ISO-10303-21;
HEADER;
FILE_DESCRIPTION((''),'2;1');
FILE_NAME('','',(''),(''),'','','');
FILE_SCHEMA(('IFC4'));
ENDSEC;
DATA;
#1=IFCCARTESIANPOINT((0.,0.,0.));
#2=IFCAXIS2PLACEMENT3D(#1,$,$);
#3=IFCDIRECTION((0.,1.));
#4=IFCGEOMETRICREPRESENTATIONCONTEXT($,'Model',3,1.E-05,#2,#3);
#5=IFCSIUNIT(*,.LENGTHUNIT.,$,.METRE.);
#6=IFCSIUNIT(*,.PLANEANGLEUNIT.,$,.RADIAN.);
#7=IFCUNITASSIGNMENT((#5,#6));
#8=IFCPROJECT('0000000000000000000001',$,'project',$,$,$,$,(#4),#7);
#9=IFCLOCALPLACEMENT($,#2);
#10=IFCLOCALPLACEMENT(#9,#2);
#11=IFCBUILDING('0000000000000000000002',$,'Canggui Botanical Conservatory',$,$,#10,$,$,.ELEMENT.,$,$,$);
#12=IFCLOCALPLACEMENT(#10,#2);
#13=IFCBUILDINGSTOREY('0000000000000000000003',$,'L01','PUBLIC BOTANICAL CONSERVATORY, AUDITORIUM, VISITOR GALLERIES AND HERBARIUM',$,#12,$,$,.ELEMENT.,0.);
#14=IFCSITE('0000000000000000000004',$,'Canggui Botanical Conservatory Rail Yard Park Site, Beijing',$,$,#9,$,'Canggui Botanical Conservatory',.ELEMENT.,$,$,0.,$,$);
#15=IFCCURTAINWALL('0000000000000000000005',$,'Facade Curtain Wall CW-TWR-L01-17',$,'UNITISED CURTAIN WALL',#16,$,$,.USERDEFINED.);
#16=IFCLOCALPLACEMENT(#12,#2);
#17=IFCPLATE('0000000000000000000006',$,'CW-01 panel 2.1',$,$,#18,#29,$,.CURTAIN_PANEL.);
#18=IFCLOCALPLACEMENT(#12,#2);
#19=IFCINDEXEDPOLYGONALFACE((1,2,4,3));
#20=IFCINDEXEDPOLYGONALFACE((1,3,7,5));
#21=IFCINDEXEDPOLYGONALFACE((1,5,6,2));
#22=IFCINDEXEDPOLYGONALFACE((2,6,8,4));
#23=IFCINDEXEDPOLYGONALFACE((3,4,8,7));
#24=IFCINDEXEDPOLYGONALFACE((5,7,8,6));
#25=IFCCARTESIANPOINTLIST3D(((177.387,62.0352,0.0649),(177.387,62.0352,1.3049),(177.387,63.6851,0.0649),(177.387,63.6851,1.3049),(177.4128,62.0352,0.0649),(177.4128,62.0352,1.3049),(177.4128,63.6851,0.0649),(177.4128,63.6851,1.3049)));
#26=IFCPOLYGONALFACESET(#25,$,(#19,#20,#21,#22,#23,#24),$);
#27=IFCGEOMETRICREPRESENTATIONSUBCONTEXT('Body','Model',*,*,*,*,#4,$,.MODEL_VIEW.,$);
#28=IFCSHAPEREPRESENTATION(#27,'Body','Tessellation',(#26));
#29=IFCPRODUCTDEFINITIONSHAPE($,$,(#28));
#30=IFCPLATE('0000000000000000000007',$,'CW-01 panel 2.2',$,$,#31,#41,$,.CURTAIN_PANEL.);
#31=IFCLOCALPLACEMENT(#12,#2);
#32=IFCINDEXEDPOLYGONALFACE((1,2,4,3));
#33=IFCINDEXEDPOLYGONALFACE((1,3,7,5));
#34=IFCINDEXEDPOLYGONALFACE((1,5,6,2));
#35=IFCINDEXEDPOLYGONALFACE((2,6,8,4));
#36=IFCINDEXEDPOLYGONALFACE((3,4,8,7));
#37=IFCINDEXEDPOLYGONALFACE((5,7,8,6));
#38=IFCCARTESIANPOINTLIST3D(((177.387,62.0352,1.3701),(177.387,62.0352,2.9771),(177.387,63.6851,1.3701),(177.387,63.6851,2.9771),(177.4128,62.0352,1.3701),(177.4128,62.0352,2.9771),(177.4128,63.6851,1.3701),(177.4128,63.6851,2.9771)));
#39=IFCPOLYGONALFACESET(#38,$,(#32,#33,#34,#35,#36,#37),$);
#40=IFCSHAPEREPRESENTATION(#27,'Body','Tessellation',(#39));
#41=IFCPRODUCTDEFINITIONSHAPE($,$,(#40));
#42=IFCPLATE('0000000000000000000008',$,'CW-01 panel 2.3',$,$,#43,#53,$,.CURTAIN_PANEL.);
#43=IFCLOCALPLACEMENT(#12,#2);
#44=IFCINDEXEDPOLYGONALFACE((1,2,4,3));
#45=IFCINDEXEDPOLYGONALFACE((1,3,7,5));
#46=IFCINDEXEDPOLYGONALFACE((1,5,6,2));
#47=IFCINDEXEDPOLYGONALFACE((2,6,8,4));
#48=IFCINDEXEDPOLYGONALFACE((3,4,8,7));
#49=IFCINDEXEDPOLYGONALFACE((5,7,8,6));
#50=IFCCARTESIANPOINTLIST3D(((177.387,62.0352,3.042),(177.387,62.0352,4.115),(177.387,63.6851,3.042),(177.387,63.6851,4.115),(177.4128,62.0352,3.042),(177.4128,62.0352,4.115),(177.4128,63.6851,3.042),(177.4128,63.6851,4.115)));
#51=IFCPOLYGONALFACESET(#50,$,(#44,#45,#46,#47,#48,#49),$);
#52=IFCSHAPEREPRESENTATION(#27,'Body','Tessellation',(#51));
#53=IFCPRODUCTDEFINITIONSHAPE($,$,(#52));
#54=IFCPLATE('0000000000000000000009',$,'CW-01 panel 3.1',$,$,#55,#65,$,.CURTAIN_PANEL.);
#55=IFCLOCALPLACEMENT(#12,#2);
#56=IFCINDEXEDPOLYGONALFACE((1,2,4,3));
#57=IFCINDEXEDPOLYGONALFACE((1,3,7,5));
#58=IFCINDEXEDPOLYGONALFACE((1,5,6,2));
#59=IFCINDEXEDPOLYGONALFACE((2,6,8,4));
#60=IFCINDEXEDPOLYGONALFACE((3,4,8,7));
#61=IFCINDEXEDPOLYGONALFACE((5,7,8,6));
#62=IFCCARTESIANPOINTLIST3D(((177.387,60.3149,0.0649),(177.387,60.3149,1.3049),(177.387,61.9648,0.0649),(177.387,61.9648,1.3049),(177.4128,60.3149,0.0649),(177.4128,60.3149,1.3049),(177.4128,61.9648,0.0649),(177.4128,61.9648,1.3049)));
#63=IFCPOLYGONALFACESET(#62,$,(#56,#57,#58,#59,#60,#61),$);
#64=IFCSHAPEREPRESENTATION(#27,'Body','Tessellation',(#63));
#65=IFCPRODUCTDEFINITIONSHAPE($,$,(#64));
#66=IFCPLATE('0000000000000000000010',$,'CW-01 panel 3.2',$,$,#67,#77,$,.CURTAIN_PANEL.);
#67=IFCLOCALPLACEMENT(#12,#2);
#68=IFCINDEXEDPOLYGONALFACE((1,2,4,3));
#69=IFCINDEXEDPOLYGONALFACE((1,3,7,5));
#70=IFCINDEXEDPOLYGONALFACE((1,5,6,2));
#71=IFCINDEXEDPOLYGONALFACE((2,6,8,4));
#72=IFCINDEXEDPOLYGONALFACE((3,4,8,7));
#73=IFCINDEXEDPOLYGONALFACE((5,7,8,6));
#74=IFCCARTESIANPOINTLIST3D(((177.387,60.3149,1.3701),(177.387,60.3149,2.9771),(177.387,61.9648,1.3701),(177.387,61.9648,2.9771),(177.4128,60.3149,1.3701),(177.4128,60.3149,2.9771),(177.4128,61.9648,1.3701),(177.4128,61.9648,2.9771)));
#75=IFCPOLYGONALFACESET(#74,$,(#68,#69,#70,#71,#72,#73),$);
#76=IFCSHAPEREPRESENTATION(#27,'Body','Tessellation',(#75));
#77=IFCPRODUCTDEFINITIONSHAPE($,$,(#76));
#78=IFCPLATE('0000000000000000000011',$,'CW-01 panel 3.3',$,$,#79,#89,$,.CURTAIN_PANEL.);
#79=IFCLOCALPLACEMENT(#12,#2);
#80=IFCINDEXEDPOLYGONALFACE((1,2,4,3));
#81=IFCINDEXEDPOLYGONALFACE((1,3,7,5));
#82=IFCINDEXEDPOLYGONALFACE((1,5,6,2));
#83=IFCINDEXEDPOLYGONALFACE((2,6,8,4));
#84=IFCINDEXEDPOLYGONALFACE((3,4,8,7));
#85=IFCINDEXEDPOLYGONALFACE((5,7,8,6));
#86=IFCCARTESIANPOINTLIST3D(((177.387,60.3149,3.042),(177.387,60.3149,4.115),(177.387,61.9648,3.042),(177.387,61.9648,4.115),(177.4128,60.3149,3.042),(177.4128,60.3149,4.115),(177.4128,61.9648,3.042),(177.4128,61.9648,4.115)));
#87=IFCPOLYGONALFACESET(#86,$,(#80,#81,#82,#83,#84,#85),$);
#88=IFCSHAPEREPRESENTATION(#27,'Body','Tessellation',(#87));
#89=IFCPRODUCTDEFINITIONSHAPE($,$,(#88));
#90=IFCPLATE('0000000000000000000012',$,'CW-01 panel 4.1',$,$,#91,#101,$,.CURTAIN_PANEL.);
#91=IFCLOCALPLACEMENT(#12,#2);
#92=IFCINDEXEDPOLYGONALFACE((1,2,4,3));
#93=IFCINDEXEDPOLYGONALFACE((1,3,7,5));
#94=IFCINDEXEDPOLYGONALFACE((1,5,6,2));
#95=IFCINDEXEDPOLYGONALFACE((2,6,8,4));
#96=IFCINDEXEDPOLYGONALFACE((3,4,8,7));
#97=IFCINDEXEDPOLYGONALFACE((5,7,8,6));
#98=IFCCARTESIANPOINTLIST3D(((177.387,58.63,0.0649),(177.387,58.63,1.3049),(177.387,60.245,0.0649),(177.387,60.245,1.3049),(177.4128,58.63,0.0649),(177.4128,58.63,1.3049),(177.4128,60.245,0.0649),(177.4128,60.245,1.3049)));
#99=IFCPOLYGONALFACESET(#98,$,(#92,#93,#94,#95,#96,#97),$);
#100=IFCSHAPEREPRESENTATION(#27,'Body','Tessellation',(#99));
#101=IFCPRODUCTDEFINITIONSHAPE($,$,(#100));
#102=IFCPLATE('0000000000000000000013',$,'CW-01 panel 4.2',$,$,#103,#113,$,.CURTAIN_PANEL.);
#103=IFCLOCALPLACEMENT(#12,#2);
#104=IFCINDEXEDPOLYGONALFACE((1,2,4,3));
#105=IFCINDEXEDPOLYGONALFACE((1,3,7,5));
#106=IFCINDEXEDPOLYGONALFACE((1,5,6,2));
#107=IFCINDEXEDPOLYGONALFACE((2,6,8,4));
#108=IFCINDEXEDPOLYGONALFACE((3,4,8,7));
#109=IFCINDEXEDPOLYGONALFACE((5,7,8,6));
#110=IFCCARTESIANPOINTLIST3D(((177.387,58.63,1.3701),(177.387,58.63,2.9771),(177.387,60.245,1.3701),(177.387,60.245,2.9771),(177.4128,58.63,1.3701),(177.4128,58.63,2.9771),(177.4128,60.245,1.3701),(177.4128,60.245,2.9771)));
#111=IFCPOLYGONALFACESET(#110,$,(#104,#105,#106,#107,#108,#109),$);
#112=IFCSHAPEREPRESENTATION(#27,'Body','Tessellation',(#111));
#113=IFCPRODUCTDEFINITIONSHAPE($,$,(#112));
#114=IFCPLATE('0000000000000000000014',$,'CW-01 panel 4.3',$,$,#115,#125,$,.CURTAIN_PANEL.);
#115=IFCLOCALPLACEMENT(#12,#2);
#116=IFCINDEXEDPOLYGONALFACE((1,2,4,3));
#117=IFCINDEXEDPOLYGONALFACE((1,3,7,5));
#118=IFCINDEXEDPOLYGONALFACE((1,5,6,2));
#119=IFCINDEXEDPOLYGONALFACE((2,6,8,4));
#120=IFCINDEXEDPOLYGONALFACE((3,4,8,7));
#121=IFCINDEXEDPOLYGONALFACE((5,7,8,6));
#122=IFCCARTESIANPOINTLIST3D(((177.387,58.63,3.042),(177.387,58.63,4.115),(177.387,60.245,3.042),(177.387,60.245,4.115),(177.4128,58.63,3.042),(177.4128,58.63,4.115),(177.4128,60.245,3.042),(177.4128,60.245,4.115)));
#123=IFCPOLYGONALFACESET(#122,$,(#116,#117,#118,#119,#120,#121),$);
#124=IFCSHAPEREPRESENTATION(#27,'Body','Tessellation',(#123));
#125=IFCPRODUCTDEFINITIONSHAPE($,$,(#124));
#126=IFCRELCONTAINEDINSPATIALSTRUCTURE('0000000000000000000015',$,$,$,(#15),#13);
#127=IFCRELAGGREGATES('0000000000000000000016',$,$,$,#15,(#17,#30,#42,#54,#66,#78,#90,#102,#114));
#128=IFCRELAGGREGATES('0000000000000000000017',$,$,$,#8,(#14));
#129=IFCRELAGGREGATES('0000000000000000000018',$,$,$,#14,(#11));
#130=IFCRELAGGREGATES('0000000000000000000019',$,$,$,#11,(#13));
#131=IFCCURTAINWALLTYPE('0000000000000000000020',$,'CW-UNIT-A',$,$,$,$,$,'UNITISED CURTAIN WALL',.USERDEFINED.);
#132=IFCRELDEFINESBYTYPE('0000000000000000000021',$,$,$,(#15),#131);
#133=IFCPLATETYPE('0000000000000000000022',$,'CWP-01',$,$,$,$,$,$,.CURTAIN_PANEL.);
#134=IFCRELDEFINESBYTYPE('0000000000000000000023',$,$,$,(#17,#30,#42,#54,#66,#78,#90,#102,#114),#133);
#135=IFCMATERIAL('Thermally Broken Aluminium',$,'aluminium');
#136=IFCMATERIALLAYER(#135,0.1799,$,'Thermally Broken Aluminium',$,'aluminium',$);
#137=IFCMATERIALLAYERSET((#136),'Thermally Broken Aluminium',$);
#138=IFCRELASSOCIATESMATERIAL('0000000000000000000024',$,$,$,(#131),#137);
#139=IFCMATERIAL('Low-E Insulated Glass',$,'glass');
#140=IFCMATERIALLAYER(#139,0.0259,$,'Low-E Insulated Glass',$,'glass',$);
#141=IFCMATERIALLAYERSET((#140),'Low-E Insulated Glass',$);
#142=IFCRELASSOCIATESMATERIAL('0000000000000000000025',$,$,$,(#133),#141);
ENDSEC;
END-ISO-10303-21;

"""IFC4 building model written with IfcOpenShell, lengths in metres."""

from ifc_helpers import new_model, si_unit, direction, frame, origin, origin_2d, place, context, subcontext, project, spatial, rectangle, extrude, material, layer, layer_set, type_object, element, aggregate, save


model = new_model("IFC4")

# Units and contexts
model_context = context("Model", 3, precision=1e-05, world=origin(), true_north=direction((0.0, 1.0)))
body_context = subcontext(model_context, "Body", "Model", "MODEL_VIEW")
ifc_project = project(units=[si_unit("LENGTHUNIT", "METRE"), si_unit("PLANEANGLEUNIT", "RADIAN")], contexts=[model_context])

# Site, building, storey
site_placement = place(None, origin())
site = spatial("IfcSite", under=ifc_project, at=site_placement, Name="Canggui Botanical Conservatory Rail Yard Park Site, Beijing", LongName="Canggui Botanical Conservatory", CompositionType="ELEMENT", RefElevation=0.0)
building_placement = place(site_placement, origin())
building = spatial("IfcBuilding", under=site, at=building_placement, Name="Canggui Botanical Conservatory", CompositionType="ELEMENT")
storey_placement = place(building_placement, origin())
storey = spatial("IfcBuildingStorey", under=building, at=storey_placement, Name="L01", Description="PUBLIC BOTANICAL CONSERVATORY, AUDITORIUM, VISITOR GALLERIES AND HERBARIUM", CompositionType="ELEMENT", Elevation=0.0)

# Curtain wall, plates
ifc_material_1 = material(Name="Thermally Broken Aluminium", Category="aluminium")
ifc_layer_1 = layer(ifc_material_1, 0.1799, Name="Thermally Broken Aluminium", Category="aluminium")
ifc_layer_set_1 = layer_set([ifc_layer_1], Name="Thermally Broken Aluminium")
curtain_wall_type = type_object("IfcCurtainWallType", Name="CW-UNIT-A", ElementType="UNITISED CURTAIN WALL", PredefinedType="USERDEFINED", material=ifc_layer_set_1)
curtain_wall_placement = place(storey_placement, origin())
curtain_wall = element("IfcCurtainWall", 1, at=curtain_wall_placement, inside=storey, type_object=curtain_wall_type, Name="Facade Curtain Wall CW-TWR-L01-17", ObjectType="UNITISED CURTAIN WALL", PredefinedType="USERDEFINED")
ifc_material_2 = material(Name="Low-E Insulated Glass", Category="glass")
ifc_layer_2 = layer(ifc_material_2, 0.0259, Name="Low-E Insulated Glass", Category="glass")
ifc_layer_set_2 = layer_set([ifc_layer_2], Name="Low-E Insulated Glass")
plate_type = type_object("IfcPlateType", Name="CWP-01", PredefinedType="CURTAIN_PANEL", material=ifc_layer_set_2)
plate_1_placement = place(storey_placement, frame((177.3999, 62.8601, 0.0649), z_axis=(0.0, 0.0, 1.0), x_axis=(0.0, -1.0, 0.0)))
plate_1 = element("IfcPlate", 2, at=plate_1_placement, type_object=plate_type, Name="CW-01 panel 2.1", PredefinedType="CURTAIN_PANEL", context=body_context, shape_type="SweptSolid", body=[
    extrude(rectangle(XDim=1.6499, YDim=0.0259, at=origin_2d()), origin(), (0.0, 0.0, 1.0), 1.24),
])
plate_2_placement = place(storey_placement, frame((177.3999, 62.8601, 1.3701), z_axis=(0.0, 0.0, 1.0), x_axis=(0.0, -1.0, 0.0)))
plate_2 = element("IfcPlate", 3, at=plate_2_placement, type_object=plate_type, Name="CW-01 panel 2.2", PredefinedType="CURTAIN_PANEL", context=body_context, shape_type="SweptSolid", body=[
    extrude(rectangle(XDim=1.6499, YDim=0.0259, at=origin_2d()), origin(), (0.0, 0.0, 1.0), 1.6069),
])
plate_3_placement = place(storey_placement, frame((177.3999, 62.8601, 3.042), z_axis=(0.0, 0.0, 1.0), x_axis=(0.0, -1.0, 0.0)))
plate_3 = element("IfcPlate", 4, at=plate_3_placement, type_object=plate_type, Name="CW-01 panel 2.3", PredefinedType="CURTAIN_PANEL", context=body_context, shape_type="SweptSolid", body=[
    extrude(rectangle(XDim=1.6499, YDim=0.0259, at=origin_2d()), origin(), (0.0, 0.0, 1.0), 1.073),
])
plate_4_placement = place(storey_placement, frame((177.3999, 61.1399, 0.0649), z_axis=(0.0, 0.0, 1.0), x_axis=(0.0, -1.0, 0.0)))
plate_4 = element("IfcPlate", 5, at=plate_4_placement, type_object=plate_type, Name="CW-01 panel 3.1", PredefinedType="CURTAIN_PANEL", context=body_context, shape_type="SweptSolid", body=[
    extrude(rectangle(XDim=1.6499, YDim=0.0259, at=origin_2d()), origin(), (0.0, 0.0, 1.0), 1.24),
])
plate_5_placement = place(storey_placement, frame((177.3999, 61.1399, 1.3701), z_axis=(0.0, 0.0, 1.0), x_axis=(0.0, -1.0, 0.0)))
plate_5 = element("IfcPlate", 6, at=plate_5_placement, type_object=plate_type, Name="CW-01 panel 3.2", PredefinedType="CURTAIN_PANEL", context=body_context, shape_type="SweptSolid", body=[
    extrude(rectangle(XDim=1.6499, YDim=0.0259, at=origin_2d()), origin(), (0.0, 0.0, 1.0), 1.6069),
])
plate_6_placement = place(storey_placement, frame((177.3999, 61.1399, 3.042), z_axis=(0.0, 0.0, 1.0), x_axis=(0.0, -1.0, 0.0)))
plate_6 = element("IfcPlate", 7, at=plate_6_placement, type_object=plate_type, Name="CW-01 panel 3.3", PredefinedType="CURTAIN_PANEL", context=body_context, shape_type="SweptSolid", body=[
    extrude(rectangle(XDim=1.6499, YDim=0.0259, at=origin_2d()), origin(), (0.0, 0.0, 1.0), 1.073),
])
plate_7_placement = place(storey_placement, frame((177.3999, 59.4375, 0.0649), z_axis=(0.0, 0.0, 1.0), x_axis=(0.0, -1.0, 0.0)))
plate_7 = element("IfcPlate", 8, at=plate_7_placement, type_object=plate_type, Name="CW-01 panel 4.1", PredefinedType="CURTAIN_PANEL", context=body_context, shape_type="SweptSolid", body=[
    extrude(rectangle(XDim=1.615, YDim=0.0259, at=origin_2d()), origin(), (0.0, 0.0, 1.0), 1.24),
])
plate_8_placement = place(storey_placement, frame((177.3999, 59.4375, 1.3701), z_axis=(0.0, 0.0, 1.0), x_axis=(0.0, -1.0, 0.0)))
plate_8 = element("IfcPlate", 9, at=plate_8_placement, type_object=plate_type, Name="CW-01 panel 4.2", PredefinedType="CURTAIN_PANEL", context=body_context, shape_type="SweptSolid", body=[
    extrude(rectangle(XDim=1.615, YDim=0.0259, at=origin_2d()), origin(), (0.0, 0.0, 1.0), 1.6069),
])
plate_9_placement = place(storey_placement, frame((177.3999, 59.4375, 3.042), z_axis=(0.0, 0.0, 1.0), x_axis=(0.0, -1.0, 0.0)))
plate_9 = element("IfcPlate", 10, at=plate_9_placement, type_object=plate_type, Name="CW-01 panel 4.3", PredefinedType="CURTAIN_PANEL", context=body_context, shape_type="SweptSolid", body=[
    extrude(rectangle(XDim=1.615, YDim=0.0259, at=origin_2d()), origin(), (0.0, 0.0, 1.0), 1.073),
])
aggregate(curtain_wall, [plate_1, plate_2, plate_3, plate_4, plate_5, plate_6, plate_7, plate_8, plate_9])

save(model, "model.ifc")
